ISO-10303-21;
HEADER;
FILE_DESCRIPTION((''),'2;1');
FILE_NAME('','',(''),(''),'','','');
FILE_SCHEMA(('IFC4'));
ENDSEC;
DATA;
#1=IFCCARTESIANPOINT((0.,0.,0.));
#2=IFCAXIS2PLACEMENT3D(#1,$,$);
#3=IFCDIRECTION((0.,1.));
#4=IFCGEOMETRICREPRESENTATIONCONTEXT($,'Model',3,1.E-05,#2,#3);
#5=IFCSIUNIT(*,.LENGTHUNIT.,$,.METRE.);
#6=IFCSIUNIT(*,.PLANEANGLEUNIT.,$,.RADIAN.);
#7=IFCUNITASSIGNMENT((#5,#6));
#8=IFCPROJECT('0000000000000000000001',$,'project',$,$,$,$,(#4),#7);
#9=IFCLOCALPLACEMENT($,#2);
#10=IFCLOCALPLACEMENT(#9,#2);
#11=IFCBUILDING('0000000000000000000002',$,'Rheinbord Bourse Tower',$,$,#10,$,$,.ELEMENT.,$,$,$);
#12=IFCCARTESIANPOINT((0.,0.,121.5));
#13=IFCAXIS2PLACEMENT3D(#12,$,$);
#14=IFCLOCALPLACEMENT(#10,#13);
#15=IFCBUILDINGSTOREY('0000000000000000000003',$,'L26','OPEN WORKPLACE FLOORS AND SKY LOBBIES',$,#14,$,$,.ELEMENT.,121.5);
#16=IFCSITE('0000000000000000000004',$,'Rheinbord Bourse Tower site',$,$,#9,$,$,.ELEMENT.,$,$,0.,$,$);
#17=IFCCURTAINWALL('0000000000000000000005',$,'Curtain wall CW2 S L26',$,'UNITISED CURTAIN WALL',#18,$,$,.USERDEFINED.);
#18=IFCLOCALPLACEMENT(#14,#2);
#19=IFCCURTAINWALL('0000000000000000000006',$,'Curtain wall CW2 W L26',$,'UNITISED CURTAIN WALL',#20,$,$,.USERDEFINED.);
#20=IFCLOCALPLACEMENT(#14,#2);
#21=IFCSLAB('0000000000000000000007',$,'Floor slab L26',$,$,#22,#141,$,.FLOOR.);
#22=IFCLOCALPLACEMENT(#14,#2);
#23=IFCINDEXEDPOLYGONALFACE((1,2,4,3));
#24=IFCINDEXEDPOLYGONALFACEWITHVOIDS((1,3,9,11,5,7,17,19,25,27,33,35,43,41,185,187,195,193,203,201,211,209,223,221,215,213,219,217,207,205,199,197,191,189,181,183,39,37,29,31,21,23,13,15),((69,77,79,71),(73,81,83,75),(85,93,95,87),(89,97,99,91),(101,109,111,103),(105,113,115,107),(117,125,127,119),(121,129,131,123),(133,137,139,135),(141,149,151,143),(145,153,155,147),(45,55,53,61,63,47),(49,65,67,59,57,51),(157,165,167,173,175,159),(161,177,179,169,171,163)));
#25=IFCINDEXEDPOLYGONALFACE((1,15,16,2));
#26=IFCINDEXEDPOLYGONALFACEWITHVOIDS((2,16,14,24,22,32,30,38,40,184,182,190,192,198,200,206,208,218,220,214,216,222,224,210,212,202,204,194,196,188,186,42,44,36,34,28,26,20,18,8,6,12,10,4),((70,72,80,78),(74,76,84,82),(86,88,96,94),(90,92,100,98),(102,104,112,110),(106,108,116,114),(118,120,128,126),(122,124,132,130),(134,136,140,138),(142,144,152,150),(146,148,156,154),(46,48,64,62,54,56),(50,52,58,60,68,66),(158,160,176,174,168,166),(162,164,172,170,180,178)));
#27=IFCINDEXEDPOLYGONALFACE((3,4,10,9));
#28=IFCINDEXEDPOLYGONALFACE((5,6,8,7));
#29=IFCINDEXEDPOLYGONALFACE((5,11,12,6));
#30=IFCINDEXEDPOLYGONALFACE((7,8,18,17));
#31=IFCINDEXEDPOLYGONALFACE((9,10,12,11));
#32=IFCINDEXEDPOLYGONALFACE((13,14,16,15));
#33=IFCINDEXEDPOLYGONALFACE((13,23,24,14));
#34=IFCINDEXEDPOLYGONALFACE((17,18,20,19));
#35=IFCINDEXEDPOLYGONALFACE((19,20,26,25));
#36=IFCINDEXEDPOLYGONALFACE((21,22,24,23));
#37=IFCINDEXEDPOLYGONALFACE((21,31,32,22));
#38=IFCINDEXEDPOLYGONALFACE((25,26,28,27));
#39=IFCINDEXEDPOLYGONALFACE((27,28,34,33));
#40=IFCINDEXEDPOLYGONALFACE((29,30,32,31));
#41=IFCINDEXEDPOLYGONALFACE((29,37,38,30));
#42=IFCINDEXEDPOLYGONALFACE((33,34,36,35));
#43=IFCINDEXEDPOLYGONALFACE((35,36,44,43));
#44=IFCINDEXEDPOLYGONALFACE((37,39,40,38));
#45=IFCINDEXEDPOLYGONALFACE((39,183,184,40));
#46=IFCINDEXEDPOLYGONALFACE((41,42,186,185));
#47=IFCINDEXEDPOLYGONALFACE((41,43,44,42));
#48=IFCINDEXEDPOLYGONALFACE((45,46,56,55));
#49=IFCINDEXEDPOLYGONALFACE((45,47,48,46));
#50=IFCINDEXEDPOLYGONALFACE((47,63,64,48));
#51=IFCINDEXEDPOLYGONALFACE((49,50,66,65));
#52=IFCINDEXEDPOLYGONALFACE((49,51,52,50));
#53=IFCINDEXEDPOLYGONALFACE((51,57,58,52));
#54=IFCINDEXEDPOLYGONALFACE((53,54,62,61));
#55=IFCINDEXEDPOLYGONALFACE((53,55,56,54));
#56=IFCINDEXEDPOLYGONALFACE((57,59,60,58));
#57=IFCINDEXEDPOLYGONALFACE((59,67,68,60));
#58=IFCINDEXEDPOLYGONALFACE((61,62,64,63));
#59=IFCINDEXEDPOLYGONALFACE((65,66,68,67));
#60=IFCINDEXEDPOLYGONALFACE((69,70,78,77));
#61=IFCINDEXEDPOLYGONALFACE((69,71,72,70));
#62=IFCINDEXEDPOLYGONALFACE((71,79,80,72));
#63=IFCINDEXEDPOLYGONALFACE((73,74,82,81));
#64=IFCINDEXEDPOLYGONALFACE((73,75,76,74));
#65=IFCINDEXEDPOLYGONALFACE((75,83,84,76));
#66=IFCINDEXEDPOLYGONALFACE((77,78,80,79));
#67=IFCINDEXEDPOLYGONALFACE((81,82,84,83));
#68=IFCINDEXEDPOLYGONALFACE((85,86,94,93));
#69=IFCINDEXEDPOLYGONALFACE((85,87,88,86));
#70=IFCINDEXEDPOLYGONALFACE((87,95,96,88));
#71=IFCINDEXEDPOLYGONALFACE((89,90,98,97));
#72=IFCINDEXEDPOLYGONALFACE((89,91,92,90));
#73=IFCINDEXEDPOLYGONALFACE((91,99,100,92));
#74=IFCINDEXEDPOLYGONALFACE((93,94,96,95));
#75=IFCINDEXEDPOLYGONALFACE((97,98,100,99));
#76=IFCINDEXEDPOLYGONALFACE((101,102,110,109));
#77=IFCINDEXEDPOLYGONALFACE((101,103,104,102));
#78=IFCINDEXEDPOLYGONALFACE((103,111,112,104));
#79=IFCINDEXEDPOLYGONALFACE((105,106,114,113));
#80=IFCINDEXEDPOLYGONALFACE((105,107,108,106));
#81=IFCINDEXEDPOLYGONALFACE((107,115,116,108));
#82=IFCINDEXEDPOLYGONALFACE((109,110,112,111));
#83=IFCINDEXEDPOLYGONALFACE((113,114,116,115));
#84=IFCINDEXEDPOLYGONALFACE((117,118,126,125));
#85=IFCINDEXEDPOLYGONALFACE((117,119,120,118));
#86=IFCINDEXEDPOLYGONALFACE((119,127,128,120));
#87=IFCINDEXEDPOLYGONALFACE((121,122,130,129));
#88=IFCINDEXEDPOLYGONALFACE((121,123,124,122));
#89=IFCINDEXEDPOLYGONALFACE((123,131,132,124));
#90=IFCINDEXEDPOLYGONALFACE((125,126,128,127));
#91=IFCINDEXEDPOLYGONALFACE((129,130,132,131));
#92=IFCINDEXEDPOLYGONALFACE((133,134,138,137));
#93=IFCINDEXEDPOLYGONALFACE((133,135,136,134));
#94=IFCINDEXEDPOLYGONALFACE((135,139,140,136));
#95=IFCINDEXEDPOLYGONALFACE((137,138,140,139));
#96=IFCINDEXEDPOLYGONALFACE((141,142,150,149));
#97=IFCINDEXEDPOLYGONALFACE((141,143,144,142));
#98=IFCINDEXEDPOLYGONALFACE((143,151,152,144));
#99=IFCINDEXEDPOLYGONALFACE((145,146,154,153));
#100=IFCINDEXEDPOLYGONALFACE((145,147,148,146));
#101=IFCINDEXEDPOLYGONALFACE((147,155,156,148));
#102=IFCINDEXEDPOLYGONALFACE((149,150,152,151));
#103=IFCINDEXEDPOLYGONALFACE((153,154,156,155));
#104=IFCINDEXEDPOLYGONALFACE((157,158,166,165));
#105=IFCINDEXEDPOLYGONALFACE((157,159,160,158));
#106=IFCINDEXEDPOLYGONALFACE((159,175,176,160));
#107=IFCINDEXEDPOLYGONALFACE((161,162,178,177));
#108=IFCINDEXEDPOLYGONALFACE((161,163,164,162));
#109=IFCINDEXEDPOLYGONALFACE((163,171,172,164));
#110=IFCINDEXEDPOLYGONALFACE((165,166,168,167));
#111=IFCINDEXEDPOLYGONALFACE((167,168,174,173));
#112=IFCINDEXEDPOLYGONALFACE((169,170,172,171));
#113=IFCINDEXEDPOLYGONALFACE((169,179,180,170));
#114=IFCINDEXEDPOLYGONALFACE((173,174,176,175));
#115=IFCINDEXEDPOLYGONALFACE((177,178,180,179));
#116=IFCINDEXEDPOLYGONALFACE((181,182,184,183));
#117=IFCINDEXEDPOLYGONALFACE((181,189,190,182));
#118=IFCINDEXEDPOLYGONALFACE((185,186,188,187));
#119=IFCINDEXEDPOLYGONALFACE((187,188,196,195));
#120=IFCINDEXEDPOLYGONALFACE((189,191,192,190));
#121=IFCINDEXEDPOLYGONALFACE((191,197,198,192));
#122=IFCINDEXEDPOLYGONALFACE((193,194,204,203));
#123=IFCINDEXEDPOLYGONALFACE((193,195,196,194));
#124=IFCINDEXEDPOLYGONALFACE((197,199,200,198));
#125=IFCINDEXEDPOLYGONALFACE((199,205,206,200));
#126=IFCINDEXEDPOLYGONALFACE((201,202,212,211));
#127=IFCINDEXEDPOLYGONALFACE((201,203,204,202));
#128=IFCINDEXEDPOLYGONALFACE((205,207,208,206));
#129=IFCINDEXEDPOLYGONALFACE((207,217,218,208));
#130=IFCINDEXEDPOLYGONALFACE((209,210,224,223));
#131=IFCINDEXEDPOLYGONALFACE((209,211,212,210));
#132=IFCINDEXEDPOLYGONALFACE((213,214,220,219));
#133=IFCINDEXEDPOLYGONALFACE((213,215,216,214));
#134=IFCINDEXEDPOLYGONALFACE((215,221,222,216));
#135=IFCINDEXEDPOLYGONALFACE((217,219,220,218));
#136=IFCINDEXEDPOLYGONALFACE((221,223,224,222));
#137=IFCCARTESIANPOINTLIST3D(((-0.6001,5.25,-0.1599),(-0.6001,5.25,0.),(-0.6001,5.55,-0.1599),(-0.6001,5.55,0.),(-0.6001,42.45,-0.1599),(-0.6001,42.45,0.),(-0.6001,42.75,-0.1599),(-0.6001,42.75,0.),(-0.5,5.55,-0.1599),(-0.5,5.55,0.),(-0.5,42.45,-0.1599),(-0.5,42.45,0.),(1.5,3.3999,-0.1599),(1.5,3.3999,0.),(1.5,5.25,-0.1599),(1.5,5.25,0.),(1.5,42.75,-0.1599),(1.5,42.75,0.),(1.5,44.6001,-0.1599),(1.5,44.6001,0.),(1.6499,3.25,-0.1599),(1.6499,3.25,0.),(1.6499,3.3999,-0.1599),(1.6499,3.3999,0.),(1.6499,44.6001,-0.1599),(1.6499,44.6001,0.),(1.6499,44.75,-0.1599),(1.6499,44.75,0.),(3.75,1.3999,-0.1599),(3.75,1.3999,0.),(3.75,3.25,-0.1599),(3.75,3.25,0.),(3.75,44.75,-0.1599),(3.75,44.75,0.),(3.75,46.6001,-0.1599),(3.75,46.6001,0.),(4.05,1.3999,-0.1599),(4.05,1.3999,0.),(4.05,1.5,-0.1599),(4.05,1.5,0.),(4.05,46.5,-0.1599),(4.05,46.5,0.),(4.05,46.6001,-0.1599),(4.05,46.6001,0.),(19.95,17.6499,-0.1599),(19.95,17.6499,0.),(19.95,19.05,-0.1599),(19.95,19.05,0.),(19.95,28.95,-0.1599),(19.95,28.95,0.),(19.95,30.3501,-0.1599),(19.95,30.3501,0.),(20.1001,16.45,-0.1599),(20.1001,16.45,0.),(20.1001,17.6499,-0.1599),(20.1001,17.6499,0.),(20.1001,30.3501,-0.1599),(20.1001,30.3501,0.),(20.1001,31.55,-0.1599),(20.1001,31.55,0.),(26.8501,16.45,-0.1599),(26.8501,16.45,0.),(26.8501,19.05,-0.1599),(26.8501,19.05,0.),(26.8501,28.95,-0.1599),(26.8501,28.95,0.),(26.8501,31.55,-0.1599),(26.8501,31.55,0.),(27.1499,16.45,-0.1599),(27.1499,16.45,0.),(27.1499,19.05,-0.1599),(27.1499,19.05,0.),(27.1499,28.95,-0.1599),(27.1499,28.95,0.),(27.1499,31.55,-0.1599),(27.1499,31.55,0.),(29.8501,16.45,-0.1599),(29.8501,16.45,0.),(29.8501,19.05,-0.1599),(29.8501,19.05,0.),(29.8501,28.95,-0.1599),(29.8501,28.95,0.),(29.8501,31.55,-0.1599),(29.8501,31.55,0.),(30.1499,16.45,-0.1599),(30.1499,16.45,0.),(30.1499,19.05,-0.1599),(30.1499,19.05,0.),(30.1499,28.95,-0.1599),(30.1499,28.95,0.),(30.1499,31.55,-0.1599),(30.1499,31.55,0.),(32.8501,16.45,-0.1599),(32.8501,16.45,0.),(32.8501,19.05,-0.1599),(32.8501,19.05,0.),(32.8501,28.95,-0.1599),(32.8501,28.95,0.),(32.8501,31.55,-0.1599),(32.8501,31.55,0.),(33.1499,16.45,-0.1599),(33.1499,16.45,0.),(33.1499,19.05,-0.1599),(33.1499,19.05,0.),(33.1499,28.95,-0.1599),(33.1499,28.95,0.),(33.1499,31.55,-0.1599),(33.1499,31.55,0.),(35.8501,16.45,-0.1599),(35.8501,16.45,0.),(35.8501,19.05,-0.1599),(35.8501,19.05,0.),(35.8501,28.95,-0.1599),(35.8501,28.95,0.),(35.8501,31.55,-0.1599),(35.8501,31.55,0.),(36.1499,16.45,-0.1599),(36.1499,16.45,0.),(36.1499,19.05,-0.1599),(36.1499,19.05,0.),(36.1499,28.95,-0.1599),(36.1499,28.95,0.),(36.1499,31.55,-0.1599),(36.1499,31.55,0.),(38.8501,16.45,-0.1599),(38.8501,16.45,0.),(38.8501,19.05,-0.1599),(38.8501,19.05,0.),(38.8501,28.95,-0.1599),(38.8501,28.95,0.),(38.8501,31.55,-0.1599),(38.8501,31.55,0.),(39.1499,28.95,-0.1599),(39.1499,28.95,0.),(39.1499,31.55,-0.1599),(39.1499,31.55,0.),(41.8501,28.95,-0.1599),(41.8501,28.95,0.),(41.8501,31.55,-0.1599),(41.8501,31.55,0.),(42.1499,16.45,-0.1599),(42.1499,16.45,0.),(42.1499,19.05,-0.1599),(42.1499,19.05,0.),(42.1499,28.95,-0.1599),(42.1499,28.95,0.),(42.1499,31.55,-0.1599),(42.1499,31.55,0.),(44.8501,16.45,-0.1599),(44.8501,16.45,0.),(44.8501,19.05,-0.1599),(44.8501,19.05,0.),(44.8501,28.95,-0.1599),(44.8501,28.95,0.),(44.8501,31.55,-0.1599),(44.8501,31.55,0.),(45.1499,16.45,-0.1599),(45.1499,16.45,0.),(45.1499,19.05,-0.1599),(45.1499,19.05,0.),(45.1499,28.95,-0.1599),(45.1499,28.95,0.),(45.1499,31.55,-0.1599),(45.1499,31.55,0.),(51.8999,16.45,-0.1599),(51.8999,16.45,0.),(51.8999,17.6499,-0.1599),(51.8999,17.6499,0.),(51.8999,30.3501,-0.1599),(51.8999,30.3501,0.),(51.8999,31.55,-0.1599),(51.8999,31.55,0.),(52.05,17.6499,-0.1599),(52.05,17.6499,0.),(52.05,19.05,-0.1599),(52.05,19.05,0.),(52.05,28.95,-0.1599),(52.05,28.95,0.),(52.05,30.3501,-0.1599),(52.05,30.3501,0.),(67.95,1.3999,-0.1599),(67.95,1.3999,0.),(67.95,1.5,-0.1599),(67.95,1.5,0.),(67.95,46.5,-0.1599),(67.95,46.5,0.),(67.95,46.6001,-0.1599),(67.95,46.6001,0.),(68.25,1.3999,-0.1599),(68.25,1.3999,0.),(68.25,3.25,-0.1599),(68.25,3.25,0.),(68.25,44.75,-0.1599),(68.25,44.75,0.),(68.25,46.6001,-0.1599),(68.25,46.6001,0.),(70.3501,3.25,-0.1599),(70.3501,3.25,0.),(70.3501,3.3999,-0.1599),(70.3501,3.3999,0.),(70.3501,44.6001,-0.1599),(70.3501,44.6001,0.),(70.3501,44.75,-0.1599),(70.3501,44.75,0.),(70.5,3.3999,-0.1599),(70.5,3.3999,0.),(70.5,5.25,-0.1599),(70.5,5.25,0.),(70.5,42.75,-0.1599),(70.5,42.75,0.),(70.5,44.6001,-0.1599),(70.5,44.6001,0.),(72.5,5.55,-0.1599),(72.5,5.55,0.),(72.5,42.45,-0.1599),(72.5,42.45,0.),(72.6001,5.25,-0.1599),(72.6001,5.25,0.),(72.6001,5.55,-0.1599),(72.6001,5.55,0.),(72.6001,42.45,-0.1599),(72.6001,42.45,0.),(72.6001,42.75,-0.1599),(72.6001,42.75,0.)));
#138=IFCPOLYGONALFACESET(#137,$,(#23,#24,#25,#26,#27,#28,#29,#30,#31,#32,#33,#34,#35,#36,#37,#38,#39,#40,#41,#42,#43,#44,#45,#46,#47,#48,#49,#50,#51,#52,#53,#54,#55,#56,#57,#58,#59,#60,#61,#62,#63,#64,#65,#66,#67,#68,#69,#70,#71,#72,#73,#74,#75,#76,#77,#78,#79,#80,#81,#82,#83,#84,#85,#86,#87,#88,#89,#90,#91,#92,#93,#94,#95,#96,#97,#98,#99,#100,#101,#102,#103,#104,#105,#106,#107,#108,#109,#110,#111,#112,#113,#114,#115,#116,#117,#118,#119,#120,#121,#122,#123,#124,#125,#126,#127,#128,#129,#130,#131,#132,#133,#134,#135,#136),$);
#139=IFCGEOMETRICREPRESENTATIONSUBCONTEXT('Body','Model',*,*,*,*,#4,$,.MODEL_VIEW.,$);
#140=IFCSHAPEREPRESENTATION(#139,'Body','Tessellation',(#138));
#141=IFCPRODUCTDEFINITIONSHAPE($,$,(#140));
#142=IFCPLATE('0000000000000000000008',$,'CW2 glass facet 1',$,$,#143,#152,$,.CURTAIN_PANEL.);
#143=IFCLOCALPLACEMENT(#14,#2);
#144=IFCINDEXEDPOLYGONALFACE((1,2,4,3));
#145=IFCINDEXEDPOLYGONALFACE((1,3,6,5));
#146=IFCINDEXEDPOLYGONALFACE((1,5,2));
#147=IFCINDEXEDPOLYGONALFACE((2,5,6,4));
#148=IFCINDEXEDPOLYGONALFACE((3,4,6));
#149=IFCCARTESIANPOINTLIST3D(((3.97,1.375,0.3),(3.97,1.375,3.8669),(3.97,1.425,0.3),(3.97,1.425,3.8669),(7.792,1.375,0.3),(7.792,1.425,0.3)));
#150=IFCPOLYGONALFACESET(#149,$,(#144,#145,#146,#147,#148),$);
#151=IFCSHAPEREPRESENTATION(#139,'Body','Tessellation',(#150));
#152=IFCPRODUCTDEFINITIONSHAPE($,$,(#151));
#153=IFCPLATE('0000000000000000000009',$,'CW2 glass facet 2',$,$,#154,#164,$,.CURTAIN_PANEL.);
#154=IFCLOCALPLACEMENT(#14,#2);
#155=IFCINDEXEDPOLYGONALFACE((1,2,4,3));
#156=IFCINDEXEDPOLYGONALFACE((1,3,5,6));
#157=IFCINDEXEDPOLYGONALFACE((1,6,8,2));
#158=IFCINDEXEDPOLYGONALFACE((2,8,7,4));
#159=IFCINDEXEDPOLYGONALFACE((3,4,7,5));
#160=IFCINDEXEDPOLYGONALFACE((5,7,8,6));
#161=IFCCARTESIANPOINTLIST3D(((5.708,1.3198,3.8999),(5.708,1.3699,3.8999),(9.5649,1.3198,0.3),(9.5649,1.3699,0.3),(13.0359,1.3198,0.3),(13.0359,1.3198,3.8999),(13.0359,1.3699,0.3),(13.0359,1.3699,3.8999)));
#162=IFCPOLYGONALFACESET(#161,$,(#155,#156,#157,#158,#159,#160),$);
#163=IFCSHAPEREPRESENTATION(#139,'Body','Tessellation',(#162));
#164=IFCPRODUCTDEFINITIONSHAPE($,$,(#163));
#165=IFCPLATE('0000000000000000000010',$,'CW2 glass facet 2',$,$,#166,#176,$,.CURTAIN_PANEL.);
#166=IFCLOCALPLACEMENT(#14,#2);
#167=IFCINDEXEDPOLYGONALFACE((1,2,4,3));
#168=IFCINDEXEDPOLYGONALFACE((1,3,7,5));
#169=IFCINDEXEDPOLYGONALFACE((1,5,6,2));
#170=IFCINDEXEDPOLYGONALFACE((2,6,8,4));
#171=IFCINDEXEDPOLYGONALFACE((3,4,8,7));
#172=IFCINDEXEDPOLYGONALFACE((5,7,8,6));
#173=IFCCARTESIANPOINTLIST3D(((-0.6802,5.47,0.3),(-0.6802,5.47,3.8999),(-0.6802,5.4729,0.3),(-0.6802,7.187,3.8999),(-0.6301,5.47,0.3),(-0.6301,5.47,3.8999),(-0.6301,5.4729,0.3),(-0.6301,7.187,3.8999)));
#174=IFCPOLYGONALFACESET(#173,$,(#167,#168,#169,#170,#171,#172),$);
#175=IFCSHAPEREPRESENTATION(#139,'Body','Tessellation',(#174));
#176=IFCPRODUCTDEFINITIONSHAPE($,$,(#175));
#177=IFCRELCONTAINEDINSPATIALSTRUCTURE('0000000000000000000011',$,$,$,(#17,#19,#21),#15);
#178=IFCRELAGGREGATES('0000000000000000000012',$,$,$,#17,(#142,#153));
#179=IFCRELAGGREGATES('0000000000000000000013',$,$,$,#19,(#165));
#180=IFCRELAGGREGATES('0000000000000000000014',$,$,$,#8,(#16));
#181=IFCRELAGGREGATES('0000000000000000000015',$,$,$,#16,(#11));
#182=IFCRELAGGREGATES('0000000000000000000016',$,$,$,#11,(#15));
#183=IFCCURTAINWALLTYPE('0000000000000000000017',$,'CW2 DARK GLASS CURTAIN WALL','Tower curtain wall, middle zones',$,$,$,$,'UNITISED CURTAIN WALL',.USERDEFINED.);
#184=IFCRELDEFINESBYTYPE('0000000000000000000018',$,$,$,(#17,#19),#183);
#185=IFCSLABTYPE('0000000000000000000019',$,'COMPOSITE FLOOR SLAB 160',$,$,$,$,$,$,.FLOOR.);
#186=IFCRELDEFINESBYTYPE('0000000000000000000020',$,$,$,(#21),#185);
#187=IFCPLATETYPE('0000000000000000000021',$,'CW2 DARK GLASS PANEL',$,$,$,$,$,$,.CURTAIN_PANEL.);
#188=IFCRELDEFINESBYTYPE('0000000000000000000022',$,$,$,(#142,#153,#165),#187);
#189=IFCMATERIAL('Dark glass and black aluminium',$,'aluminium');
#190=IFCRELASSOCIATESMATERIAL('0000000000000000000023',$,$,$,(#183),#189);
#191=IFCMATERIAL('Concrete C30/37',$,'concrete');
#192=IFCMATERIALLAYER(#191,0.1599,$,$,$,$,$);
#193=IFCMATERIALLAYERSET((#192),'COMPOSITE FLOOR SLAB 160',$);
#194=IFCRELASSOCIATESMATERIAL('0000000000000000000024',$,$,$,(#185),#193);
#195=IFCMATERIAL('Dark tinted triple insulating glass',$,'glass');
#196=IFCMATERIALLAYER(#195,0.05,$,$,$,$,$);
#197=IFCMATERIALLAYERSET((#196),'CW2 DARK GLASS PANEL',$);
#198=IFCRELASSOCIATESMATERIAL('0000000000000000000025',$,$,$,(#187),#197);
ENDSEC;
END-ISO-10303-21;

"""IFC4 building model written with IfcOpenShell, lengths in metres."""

from ifc_helpers import new_model, si_unit, direction, frame, origin, place, context, subcontext, project, spatial, polyline, outline, extrude, material, layer, layer_set, type_object, element, aggregate, save


model = new_model("IFC4")

# Units and contexts
model_context = context("Model", 3, precision=1e-05, world=origin(), true_north=direction((0.0, 1.0)))
body_context = subcontext(model_context, "Body", "Model", "MODEL_VIEW")
ifc_project = project(units=[si_unit("LENGTHUNIT", "METRE"), si_unit("PLANEANGLEUNIT", "RADIAN")], contexts=[model_context])

# Site, building, storey
site_placement = place(None, origin())
site = spatial("IfcSite", under=ifc_project, at=site_placement, Name="Rheinbord Bourse Tower site", CompositionType="ELEMENT", RefElevation=0.0)
building_placement = place(site_placement, origin())
building = spatial("IfcBuilding", under=site, at=building_placement, Name="Rheinbord Bourse Tower", CompositionType="ELEMENT")
storey_placement = place(building_placement, frame((0.0, 0.0, 121.5)))
storey = spatial("IfcBuildingStorey", under=building, at=storey_placement, Name="L26", Description="OPEN WORKPLACE FLOORS AND SKY LOBBIES", CompositionType="ELEMENT", Elevation=121.5)

# Curtain walls
ifc_material_1 = material(Name="Dark glass and black aluminium", Category="aluminium")
curtain_wall_type = type_object("IfcCurtainWallType", Name="CW2 DARK GLASS CURTAIN WALL", Description="Tower curtain wall, middle zones", ElementType="UNITISED CURTAIN WALL", PredefinedType="USERDEFINED", material=ifc_material_1)
curtain_wall_1_placement = place(storey_placement, origin())
curtain_wall_1 = element("IfcCurtainWall", 1, at=curtain_wall_1_placement, inside=storey, type_object=curtain_wall_type, Name="Curtain wall CW2 S L26", ObjectType="UNITISED CURTAIN WALL", PredefinedType="USERDEFINED")
curtain_wall_2_placement = place(storey_placement, origin())
curtain_wall_2 = element("IfcCurtainWall", 2, at=curtain_wall_2_placement, inside=storey, type_object=curtain_wall_type, Name="Curtain wall CW2 W L26", ObjectType="UNITISED CURTAIN WALL", PredefinedType="USERDEFINED")

# Slab
ifc_material_2 = material(Name="Concrete C30/37", Category="concrete")
ifc_layer_1 = layer(ifc_material_2, 0.1599)
ifc_layer_set_1 = layer_set([ifc_layer_1], Name="COMPOSITE FLOOR SLAB 160")
slab_type_1 = type_object("IfcSlabType", Name="COMPOSITE FLOOR SLAB 160", PredefinedType="FLOOR", material=ifc_layer_set_1)
slab_1_placement = place(storey_placement, frame((0.0, 0.0, -0.1599)))
element("IfcSlab", 3, at=slab_1_placement, inside=storey, type_object=slab_type_1, Name="Floor slab L26", PredefinedType="FLOOR", context=body_context, shape_type="SweptSolid", body=[
    extrude(outline(polyline([(1.6499, 3.3999), (1.5, 3.3999), (1.5, 5.25), (-0.6001, 5.25), (-0.6001, 5.55), (-0.5, 5.55), (-0.5, 42.45), (-0.6001, 42.45), (-0.6001, 42.75), (1.5, 42.75), (1.5, 44.6001), (1.6499, 44.6001), (1.6499, 44.75), (3.75, 44.75), (3.75, 46.6001), (4.05, 46.6001), (4.05, 46.5), (67.95, 46.5), (67.95, 46.6001), (68.25, 46.6001), (68.25, 44.75), (70.3501, 44.75), (70.3501, 44.6001), (70.5, 44.6001), (70.5, 42.75), (72.6001, 42.75), (72.6001, 42.45), (72.5, 42.45), (72.5, 5.55), (72.6001, 5.55), (72.6001, 5.25), (70.5, 5.25), (70.5, 3.3999), (70.3501, 3.3999), (70.3501, 3.25), (68.25, 3.25), (68.25, 1.3999), (67.95, 1.3999), (67.95, 1.5), (4.05, 1.5), (4.05, 1.3999), (3.75, 1.3999), (3.75, 3.25), (1.6499, 3.25), (1.6499, 3.3999)]), holes=[polyline([(19.95, 19.05), (26.8501, 19.05), (26.8501, 16.45), (20.1001, 16.45), (20.1001, 17.6499), (19.95, 17.6499), (19.95, 19.05)]), polyline([(26.8501, 31.55), (26.8501, 28.95), (19.95, 28.95), (19.95, 30.3501), (20.1001, 30.3501), (20.1001, 31.55), (26.8501, 31.55)]), polyline([(45.1499, 16.45), (45.1499, 19.05), (52.05, 19.05), (52.05, 17.6499), (51.8999, 17.6499), (51.8999, 16.45), (45.1499, 16.45)]), polyline([(52.05, 28.95), (45.1499, 28.95), (45.1499, 31.55), (51.8999, 31.55), (51.8999, 30.3501), (52.05, 30.3501), (52.05, 28.95)]), polyline([(27.1499, 16.45), (27.1499, 19.05), (29.8501, 19.05), (29.8501, 16.45), (27.1499, 16.45)]), polyline([(27.1499, 28.95), (27.1499, 31.55), (29.8501, 31.55), (29.8501, 28.95), (27.1499, 28.95)]), polyline([(30.1499, 16.45), (30.1499, 19.05), (32.8501, 19.05), (32.8501, 16.45), (30.1499, 16.45)]), polyline([(30.1499, 28.95), (30.1499, 31.55), (32.8501, 31.55), (32.8501, 28.95), (30.1499, 28.95)]), polyline([(33.1499, 16.45), (33.1499, 19.05), (35.8501, 19.05), (35.8501, 16.45), (33.1499, 16.45)]), polyline([(33.1499, 28.95), (33.1499, 31.55), (35.8501, 31.55), (35.8501, 28.95), (33.1499, 28.95)]), polyline([(36.1499, 16.45), (36.1499, 19.05), (38.8501, 19.05), (38.8501, 16.45), (36.1499, 16.45)]), polyline([(36.1499, 28.95), (36.1499, 31.55), (38.8501, 31.55), (38.8501, 28.95), (36.1499, 28.95)]), polyline([(39.1499, 28.95), (39.1499, 31.55), (41.8501, 31.55), (41.8501, 28.95), (39.1499, 28.95)]), polyline([(42.1499, 16.45), (42.1499, 19.05), (44.8501, 19.05), (44.8501, 16.45), (42.1499, 16.45)]), polyline([(42.1499, 28.95), (42.1499, 31.55), (44.8501, 31.55), (44.8501, 28.95), (42.1499, 28.95)])]), origin(), (0.0, 0.0, 1.0), 0.1599),
])

# Plates
ifc_material_3 = material(Name="Dark tinted triple insulating glass", Category="glass")
ifc_layer_2 = layer(ifc_material_3, 0.05)
ifc_layer_set_2 = layer_set([ifc_layer_2], Name="CW2 DARK GLASS PANEL")
plate_type = type_object("IfcPlateType", Name="CW2 DARK GLASS PANEL", PredefinedType="CURTAIN_PANEL", material=ifc_layer_set_2)
plate_1_placement = place(storey_placement, frame((3.97, 1.375, 0.3), z_axis=(0.0, 1.0, 0.0), x_axis=(0.0, 0.0, 1.0)))
plate_1 = element("IfcPlate", 4, at=plate_1_placement, type_object=plate_type, Name="CW2 glass facet 1", PredefinedType="CURTAIN_PANEL", context=body_context, shape_type="SweptSolid", body=[
    extrude(outline(polyline([(0.0, 0.0), (3.5669, 0.0), (0.0, 3.822), (0.0, 0.0)])), origin(), (0.0, 0.0, 1.0), 0.05),
])
plate_2_placement = place(storey_placement, frame((13.0359, 1.3198, 3.8999), z_axis=(0.0, 1.0, 0.0), x_axis=(0.0, 0.0, -1.0)))
plate_2 = element("IfcPlate", 5, at=plate_2_placement, type_object=plate_type, Name="CW2 glass facet 2", PredefinedType="CURTAIN_PANEL", context=body_context, shape_type="SweptSolid", body=[
    extrude(outline(polyline([(0.0, 0.0), (3.5999, 0.0), (3.5999, 3.4709), (0.0, 7.3279), (0.0, 0.0)])), origin(), (0.0, 0.0, 1.0), 0.05),
])
aggregate(curtain_wall_1, [plate_1, plate_2])
plate_3_placement = place(storey_placement, frame((-0.6802, 5.47, 3.8999), z_axis=(1.0, 0.0, 0.0), x_axis=(0.0, 0.0, -1.0)))
plate_3 = element("IfcPlate", 6, at=plate_3_placement, type_object=plate_type, Name="CW2 glass facet 2", PredefinedType="CURTAIN_PANEL", context=body_context, shape_type="SweptSolid", body=[
    extrude(outline(polyline([(0.0, 0.0), (3.5999, 0.0), (3.5999, 0.0029), (0.0, 1.717), (0.0, 0.0)])), origin(), (0.0, 0.0, 1.0), 0.05),
])
aggregate(curtain_wall_2, [plate_3])

save(model, "model.ifc")
